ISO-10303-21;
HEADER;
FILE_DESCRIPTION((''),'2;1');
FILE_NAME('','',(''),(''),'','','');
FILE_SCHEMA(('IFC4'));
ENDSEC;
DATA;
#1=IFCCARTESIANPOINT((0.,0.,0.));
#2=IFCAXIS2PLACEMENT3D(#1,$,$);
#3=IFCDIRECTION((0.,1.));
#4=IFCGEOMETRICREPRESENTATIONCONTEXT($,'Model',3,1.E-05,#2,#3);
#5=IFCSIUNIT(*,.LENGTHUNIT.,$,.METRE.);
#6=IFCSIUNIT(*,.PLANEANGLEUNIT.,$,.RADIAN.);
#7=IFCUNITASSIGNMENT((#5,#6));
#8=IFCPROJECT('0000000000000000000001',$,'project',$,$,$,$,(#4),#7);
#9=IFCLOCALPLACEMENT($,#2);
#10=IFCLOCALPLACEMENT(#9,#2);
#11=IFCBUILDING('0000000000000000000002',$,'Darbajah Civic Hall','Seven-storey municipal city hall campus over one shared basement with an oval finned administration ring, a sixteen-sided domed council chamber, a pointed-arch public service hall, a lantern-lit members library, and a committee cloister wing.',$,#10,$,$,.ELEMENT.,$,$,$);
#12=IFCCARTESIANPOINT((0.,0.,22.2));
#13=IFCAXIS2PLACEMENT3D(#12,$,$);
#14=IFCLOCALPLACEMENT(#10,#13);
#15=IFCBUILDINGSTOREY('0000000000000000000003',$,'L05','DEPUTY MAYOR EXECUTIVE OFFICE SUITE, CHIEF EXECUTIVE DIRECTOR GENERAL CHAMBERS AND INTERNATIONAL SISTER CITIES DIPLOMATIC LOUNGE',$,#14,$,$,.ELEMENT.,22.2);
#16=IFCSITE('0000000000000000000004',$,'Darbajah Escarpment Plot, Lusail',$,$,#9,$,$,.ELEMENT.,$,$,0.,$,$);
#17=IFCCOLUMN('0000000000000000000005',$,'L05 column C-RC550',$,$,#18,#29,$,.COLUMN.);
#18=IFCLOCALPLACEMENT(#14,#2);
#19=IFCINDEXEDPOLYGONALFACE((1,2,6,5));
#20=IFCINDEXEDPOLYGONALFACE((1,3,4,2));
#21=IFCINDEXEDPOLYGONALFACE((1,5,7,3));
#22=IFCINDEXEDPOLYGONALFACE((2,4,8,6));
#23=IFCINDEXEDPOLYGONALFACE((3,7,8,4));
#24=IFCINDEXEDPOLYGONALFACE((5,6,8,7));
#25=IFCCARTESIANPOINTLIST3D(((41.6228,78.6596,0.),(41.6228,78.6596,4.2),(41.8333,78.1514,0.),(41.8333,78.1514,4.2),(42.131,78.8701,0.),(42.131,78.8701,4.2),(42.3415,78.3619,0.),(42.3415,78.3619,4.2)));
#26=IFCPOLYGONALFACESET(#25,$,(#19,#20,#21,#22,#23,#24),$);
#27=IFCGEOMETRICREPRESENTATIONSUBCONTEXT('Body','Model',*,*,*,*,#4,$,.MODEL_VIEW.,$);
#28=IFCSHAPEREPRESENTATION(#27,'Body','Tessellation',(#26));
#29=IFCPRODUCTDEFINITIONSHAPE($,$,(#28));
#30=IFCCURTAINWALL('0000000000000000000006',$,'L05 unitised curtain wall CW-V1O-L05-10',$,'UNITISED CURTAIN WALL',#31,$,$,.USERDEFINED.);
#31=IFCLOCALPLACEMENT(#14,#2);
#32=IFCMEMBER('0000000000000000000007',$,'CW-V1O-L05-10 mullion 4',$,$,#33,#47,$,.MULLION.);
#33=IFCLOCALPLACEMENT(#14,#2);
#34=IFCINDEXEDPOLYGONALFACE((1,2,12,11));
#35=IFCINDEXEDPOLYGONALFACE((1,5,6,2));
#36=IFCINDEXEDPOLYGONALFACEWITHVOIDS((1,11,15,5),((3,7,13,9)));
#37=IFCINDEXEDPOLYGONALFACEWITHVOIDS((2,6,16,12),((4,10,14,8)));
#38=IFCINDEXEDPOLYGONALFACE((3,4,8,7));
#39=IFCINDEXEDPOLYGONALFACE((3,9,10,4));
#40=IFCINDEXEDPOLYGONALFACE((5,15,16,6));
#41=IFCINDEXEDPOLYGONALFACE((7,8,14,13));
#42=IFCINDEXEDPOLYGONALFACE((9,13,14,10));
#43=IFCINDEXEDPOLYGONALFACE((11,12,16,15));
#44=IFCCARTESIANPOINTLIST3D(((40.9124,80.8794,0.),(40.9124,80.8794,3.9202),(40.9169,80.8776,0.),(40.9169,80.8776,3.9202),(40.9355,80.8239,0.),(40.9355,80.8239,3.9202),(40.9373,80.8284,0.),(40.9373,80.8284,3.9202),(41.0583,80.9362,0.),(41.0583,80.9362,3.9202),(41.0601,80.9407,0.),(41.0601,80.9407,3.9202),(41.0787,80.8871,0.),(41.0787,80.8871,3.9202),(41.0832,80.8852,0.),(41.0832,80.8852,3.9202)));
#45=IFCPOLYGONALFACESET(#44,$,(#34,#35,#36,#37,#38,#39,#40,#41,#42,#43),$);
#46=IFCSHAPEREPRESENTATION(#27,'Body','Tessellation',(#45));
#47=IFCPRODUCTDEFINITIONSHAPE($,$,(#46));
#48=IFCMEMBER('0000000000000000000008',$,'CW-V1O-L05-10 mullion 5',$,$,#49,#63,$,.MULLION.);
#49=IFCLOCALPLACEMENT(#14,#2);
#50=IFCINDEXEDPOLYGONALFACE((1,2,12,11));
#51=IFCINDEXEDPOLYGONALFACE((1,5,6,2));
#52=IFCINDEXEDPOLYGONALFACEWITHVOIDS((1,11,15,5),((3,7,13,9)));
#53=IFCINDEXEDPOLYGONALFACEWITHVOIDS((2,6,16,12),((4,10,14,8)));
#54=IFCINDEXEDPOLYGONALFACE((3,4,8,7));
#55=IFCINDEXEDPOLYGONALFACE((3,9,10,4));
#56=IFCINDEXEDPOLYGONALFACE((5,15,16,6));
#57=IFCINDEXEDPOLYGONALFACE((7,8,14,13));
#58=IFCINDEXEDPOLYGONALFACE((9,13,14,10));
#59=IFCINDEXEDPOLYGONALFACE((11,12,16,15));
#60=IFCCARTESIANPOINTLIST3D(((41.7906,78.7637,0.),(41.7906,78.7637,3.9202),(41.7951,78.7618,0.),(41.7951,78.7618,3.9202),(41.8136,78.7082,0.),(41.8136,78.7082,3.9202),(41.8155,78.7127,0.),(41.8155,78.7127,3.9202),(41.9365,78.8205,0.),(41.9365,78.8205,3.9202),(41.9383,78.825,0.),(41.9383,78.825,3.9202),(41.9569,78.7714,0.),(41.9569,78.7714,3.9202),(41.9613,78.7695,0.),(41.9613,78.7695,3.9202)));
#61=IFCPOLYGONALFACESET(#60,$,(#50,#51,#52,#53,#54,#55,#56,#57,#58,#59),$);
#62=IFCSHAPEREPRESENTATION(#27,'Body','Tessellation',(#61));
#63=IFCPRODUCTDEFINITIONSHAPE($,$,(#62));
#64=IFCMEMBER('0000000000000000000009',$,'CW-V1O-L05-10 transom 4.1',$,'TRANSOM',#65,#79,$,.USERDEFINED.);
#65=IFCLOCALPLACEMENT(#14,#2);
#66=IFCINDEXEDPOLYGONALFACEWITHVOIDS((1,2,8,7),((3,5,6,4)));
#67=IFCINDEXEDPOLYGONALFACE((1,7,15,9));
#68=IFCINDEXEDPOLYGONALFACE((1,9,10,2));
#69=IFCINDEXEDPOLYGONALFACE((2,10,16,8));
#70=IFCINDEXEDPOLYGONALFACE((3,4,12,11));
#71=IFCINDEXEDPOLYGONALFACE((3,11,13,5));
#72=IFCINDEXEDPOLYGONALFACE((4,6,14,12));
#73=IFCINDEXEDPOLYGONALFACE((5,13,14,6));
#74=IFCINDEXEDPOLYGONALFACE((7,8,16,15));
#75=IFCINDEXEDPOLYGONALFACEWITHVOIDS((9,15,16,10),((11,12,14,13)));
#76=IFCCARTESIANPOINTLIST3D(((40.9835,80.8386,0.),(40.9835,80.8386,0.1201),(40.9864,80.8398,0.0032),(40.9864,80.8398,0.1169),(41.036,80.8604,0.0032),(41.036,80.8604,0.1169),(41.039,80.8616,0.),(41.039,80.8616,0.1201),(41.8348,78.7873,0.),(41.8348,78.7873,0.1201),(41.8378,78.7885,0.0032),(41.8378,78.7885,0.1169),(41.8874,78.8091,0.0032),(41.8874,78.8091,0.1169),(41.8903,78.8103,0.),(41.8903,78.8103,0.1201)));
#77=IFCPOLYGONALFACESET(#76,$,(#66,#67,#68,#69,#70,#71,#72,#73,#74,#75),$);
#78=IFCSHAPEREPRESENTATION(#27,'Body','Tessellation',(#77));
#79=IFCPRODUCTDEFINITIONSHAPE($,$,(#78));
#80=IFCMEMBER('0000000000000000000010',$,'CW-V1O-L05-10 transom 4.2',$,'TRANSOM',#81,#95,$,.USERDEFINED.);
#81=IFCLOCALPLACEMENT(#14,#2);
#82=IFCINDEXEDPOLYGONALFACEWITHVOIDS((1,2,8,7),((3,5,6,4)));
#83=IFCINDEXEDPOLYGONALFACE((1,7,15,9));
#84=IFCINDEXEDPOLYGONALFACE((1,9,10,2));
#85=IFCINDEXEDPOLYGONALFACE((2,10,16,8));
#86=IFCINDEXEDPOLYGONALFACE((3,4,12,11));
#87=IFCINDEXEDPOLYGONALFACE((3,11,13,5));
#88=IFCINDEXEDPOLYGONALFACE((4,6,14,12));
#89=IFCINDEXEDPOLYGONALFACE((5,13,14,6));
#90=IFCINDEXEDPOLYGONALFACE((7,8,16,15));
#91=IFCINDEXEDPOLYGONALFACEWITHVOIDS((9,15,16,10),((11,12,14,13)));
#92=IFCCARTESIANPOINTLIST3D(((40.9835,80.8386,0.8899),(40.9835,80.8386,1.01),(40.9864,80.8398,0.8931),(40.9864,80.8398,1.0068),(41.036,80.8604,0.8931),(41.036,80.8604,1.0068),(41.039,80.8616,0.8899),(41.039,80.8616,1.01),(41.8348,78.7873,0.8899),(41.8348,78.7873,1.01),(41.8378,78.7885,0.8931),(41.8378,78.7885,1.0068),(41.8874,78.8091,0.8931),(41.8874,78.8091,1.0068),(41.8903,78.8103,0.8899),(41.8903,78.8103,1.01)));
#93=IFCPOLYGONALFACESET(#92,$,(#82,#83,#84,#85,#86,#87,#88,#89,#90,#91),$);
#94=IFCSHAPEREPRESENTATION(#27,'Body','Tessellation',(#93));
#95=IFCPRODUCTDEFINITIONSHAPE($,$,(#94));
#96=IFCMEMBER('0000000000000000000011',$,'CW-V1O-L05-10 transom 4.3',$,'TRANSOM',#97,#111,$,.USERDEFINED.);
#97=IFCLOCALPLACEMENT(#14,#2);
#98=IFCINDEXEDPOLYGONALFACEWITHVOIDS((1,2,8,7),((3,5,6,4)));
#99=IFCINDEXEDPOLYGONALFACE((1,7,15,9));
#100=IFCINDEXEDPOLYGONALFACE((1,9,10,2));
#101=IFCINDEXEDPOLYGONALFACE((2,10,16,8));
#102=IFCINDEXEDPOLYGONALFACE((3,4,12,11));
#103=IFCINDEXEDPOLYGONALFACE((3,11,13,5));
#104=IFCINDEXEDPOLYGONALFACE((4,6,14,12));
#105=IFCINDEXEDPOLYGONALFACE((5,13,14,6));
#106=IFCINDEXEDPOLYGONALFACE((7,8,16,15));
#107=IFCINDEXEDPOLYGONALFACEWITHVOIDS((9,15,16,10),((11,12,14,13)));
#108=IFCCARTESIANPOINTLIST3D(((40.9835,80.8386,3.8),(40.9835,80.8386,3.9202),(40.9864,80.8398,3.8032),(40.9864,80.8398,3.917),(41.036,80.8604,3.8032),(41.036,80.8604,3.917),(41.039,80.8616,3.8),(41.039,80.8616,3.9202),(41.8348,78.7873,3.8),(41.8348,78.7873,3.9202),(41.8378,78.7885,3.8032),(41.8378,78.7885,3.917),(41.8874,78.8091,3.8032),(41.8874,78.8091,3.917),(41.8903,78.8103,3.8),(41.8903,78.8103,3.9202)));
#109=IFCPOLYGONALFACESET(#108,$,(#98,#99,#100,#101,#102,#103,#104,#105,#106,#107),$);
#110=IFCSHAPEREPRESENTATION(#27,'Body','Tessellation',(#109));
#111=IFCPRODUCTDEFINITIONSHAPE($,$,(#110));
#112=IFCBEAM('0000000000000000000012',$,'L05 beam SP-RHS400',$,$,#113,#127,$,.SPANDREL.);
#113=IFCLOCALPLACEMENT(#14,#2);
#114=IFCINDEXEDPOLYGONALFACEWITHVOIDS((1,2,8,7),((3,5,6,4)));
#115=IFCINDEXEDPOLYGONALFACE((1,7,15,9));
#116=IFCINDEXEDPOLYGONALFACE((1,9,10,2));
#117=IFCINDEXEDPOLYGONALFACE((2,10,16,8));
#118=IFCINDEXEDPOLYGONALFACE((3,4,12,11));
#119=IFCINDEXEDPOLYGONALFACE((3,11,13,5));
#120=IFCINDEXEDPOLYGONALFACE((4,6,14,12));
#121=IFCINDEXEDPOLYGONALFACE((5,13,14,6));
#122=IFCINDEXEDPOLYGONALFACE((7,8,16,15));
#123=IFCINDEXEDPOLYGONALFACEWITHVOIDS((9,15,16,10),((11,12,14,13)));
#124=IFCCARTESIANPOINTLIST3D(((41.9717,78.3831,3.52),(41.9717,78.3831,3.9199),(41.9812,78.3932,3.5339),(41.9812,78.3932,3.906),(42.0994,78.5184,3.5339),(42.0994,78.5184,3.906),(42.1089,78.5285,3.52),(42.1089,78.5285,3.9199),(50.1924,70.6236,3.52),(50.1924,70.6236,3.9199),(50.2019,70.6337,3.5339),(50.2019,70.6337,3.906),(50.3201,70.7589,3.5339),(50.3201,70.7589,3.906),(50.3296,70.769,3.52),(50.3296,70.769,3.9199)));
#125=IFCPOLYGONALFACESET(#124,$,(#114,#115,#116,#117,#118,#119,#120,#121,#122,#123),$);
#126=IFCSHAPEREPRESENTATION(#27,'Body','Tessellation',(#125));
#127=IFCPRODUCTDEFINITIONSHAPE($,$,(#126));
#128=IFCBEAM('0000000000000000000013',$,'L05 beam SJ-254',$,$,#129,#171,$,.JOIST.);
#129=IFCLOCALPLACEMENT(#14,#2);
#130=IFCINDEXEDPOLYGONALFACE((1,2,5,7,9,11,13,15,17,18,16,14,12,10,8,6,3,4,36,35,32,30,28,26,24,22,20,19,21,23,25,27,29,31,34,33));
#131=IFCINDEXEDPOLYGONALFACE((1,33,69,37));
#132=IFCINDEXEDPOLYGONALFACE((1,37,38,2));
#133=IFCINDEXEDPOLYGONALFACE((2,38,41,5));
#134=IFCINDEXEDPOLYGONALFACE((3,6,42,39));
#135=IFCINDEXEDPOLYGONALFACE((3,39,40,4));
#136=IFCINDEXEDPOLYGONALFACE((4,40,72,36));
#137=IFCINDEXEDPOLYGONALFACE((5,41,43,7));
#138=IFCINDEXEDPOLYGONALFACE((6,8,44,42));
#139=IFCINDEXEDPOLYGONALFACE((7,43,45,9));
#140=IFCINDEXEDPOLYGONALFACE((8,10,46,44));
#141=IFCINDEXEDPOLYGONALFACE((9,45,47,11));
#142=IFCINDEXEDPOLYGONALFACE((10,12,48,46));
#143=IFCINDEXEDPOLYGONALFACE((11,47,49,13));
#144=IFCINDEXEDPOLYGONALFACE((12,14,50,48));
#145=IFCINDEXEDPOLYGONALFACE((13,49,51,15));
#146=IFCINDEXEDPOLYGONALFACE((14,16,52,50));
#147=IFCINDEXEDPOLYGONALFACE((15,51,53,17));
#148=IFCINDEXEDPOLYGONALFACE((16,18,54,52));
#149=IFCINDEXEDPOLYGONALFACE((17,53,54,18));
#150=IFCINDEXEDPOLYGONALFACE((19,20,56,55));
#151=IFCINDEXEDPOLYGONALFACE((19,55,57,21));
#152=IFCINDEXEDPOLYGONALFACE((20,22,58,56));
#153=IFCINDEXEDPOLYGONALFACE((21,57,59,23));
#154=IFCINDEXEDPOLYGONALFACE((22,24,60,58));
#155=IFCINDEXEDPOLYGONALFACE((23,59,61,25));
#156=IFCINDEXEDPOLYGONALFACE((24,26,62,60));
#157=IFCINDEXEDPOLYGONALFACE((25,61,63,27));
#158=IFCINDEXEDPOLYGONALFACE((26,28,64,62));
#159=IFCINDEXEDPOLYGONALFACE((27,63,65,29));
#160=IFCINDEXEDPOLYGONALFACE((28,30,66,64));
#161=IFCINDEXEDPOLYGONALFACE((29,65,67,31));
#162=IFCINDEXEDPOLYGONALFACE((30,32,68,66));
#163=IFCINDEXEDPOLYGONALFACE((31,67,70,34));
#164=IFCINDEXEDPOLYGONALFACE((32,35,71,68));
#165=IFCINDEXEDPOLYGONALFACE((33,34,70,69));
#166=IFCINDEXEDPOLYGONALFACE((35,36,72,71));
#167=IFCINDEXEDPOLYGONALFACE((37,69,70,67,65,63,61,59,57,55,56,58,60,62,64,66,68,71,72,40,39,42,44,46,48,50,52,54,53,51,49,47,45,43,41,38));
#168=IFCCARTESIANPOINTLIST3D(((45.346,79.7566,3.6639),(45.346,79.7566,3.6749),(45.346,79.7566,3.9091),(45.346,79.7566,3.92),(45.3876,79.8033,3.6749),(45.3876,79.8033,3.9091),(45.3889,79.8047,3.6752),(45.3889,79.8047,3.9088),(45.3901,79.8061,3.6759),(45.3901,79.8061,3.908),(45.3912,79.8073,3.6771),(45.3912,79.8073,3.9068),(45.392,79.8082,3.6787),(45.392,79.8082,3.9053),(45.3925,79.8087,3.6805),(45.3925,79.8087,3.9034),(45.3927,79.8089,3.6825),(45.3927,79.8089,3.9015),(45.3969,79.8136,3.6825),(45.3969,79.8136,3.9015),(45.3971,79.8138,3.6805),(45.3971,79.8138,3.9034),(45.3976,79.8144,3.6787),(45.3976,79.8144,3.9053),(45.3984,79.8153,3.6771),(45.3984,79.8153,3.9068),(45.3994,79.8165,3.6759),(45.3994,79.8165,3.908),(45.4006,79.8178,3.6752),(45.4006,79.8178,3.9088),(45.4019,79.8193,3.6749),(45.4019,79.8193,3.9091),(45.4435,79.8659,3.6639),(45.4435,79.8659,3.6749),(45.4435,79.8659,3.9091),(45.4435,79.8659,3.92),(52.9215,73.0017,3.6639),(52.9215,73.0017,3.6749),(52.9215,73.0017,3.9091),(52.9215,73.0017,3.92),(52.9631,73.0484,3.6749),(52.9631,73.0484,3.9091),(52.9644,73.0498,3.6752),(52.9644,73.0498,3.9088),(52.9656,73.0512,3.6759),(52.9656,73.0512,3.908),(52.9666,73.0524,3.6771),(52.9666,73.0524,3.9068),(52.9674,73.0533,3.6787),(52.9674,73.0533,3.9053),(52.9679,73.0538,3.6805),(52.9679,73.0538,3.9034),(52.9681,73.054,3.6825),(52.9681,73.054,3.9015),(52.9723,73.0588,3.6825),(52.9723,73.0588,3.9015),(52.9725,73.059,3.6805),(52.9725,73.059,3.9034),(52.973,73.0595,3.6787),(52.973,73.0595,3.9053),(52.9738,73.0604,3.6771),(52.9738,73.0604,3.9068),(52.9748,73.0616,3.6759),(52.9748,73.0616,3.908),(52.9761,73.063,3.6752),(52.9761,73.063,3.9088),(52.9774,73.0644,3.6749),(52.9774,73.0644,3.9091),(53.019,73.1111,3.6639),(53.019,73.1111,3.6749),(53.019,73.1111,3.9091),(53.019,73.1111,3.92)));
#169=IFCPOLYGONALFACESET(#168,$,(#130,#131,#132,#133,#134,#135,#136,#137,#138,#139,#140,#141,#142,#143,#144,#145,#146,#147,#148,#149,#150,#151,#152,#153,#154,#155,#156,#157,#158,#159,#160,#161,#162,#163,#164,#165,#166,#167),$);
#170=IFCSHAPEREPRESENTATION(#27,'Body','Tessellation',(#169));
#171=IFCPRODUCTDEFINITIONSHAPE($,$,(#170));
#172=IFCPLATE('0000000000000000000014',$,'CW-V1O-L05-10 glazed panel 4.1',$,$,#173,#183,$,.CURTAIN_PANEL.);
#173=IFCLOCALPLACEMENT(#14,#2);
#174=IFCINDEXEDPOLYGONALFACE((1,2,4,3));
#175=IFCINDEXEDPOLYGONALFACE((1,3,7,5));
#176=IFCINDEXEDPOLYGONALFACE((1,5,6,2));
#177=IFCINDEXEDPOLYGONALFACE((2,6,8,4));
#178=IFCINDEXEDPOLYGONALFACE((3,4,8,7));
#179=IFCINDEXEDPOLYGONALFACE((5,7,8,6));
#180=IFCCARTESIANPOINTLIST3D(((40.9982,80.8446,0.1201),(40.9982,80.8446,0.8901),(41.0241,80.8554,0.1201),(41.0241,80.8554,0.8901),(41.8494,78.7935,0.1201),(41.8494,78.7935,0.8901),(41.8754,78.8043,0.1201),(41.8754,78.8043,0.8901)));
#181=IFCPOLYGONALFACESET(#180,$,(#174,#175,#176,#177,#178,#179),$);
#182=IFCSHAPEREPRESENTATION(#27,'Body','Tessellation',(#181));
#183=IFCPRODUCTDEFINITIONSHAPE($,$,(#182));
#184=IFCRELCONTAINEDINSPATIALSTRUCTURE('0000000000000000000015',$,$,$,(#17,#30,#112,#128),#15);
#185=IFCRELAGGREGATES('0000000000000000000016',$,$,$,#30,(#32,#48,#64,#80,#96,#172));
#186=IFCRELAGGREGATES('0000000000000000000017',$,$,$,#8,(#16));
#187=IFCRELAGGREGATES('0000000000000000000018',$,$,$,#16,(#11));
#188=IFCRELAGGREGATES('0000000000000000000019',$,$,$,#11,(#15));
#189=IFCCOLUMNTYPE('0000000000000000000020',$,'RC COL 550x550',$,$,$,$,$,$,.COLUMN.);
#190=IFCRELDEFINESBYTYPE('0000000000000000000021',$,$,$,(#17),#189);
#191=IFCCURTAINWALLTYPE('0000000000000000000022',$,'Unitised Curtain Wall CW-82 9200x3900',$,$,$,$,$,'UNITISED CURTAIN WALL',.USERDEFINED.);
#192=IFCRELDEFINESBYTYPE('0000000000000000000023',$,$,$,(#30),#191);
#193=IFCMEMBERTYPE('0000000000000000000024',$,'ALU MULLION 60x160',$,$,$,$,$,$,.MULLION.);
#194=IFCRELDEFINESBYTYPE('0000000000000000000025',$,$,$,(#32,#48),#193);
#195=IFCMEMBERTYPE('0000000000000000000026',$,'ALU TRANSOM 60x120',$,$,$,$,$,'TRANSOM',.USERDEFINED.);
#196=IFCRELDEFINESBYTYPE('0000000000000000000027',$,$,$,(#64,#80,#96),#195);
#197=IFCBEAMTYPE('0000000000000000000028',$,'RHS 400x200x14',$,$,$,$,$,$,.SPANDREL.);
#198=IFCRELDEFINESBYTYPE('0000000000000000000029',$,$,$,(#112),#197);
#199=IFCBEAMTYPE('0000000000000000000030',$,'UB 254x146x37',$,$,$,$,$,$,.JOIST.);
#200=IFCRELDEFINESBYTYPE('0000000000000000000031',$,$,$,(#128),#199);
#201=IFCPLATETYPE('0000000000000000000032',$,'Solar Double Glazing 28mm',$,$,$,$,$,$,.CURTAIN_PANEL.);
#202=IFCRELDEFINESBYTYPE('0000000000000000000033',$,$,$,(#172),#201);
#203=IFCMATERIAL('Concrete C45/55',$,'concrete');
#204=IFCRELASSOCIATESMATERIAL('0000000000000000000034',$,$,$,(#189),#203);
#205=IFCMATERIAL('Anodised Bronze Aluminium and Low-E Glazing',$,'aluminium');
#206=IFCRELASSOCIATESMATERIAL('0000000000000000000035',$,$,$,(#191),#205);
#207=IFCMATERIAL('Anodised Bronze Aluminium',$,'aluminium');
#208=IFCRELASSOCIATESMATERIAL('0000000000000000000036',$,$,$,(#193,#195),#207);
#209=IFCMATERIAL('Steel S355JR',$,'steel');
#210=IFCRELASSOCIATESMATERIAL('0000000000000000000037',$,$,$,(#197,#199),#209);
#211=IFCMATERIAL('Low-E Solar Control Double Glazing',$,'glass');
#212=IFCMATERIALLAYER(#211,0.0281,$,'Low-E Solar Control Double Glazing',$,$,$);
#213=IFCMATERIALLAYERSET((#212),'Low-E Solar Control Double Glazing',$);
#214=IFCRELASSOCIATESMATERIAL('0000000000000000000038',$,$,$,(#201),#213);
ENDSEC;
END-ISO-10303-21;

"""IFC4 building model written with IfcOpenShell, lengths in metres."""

from ifc_helpers import new_model, si_unit, direction, frame, origin, origin_2d, place, context, subcontext, project, spatial, rectangle, hollow_rectangle, i_section, extrude, material, layer, layer_set, material_profile, profile_set, type_object, element, aggregate, save


model = new_model("IFC4")

# Units and contexts
model_context = context("Model", 3, precision=1e-05, world=origin(), true_north=direction((0.0, 1.0)))
body_context = subcontext(model_context, "Body", "Model", "MODEL_VIEW")
ifc_project = project(units=[si_unit("LENGTHUNIT", "METRE"), si_unit("PLANEANGLEUNIT", "RADIAN")], contexts=[model_context])

# Site, building, storey
site_placement = place(None, origin())
site = spatial("IfcSite", under=ifc_project, at=site_placement, Name="Darbajah Escarpment Plot, Lusail", CompositionType="ELEMENT", RefElevation=0.0)
building_placement = place(site_placement, origin())
building = spatial("IfcBuilding", under=site, at=building_placement, Name="Darbajah Civic Hall", Description="Seven-storey municipal city hall campus over one shared basement with an oval finned administration ring, a sixteen-sided domed council chamber, a pointed-arch public service hall, a lantern-lit members library, and a committee cloister wing.", CompositionType="ELEMENT")
storey_placement = place(building_placement, frame((0.0, 0.0, 22.2)))
storey = spatial("IfcBuildingStorey", under=building, at=storey_placement, Name="L05", Description="DEPUTY MAYOR EXECUTIVE OFFICE SUITE, CHIEF EXECUTIVE DIRECTOR GENERAL CHAMBERS AND INTERNATIONAL SISTER CITIES DIPLOMATIC LOUNGE", CompositionType="ELEMENT", Elevation=22.2)

# Column
ifc_material_1 = material(Name="Concrete C45/55", Category="concrete")
ifc_material_profile_1 = material_profile(ifc_material_1, rectangle(XDim=0.55, YDim=0.55, at=origin_2d()), Name="RC COL 550x550")
ifc_profile_set_1 = profile_set([ifc_material_profile_1], Name="Concrete C45/55")
column_type = type_object("IfcColumnType", Name="RC COL 550x550", PredefinedType="COLUMN", material=ifc_profile_set_1)
column_placement = place(storey_placement, frame((41.9822, 78.5107, 0.0), z_axis=(0.0, 0.0, 1.0), x_axis=(-0.92388, -0.382683, 0.0)))
element("IfcColumn", 1, at=column_placement, inside=storey, type_object=column_type, Name="L05 column C-RC550", PredefinedType="COLUMN", context=body_context, shape_type="SweptSolid", body=[
    extrude(rectangle(XDim=0.55, YDim=0.55, at=origin_2d()), origin(), (0.0, 0.0, 1.0), 4.2),
])

# Curtain wall, members
ifc_material_2 = material(Name="Anodised Bronze Aluminium and Low-E Glazing", Category="aluminium")
curtain_wall_type = type_object("IfcCurtainWallType", Name="Unitised Curtain Wall CW-82 9200x3900", ElementType="UNITISED CURTAIN WALL", PredefinedType="USERDEFINED", material=ifc_material_2)
curtain_wall_placement = place(storey_placement, origin())
curtain_wall = element("IfcCurtainWall", 2, at=curtain_wall_placement, inside=storey, type_object=curtain_wall_type, Name="L05 unitised curtain wall CW-V1O-L05-10", ObjectType="UNITISED CURTAIN WALL", PredefinedType="USERDEFINED")
ifc_material_3 = material(Name="Anodised Bronze Aluminium", Category="aluminium")
ifc_material_profile_2 = material_profile(ifc_material_3, hollow_rectangle(XDim=0.0601, YDim=0.1599, WallThickness=0.0034, at=origin_2d()), Name="ALU MULLION 60x160")
ifc_profile_set_2 = profile_set([ifc_material_profile_2], Name="Anodised Bronze Aluminium")
member_type_1 = type_object("IfcMemberType", Name="ALU MULLION 60x160", PredefinedType="MULLION", material=ifc_profile_set_2)
member_1_placement = place(storey_placement, frame((40.9978, 80.8823, 0.0), z_axis=(0.0, 0.0, 1.0), x_axis=(0.383328, -0.923612, 0.0)))
member_1 = element("IfcMember", 3, at=member_1_placement, type_object=member_type_1, Name="CW-V1O-L05-10 mullion 4", PredefinedType="MULLION", context=body_context, shape_type="SweptSolid", body=[
    extrude(hollow_rectangle(XDim=0.0601, YDim=0.1599, WallThickness=0.0034, at=origin_2d()), origin(), (0.0, 0.0, 1.0), 3.9202),
])
member_2_placement = place(storey_placement, frame((41.876, 78.7666, 0.0), z_axis=(0.0, 0.0, 1.0), x_axis=(0.383328, -0.923612, 0.0)))
member_2 = element("IfcMember", 4, at=member_2_placement, type_object=member_type_1, Name="CW-V1O-L05-10 mullion 5", PredefinedType="MULLION", context=body_context, shape_type="SweptSolid", body=[
    extrude(hollow_rectangle(XDim=0.0601, YDim=0.1599, WallThickness=0.0034, at=origin_2d()), origin(), (0.0, 0.0, 1.0), 3.9202),
])
ifc_material_profile_3 = material_profile(ifc_material_3, hollow_rectangle(XDim=0.0601, YDim=0.1201, WallThickness=0.0032, at=origin_2d()), Name="ALU TRANSOM 60x120")
ifc_profile_set_3 = profile_set([ifc_material_profile_3], Name="Anodised Bronze Aluminium")
member_type_2 = type_object("IfcMemberType", Name="ALU TRANSOM 60x120", ElementType="TRANSOM", PredefinedType="USERDEFINED", material=ifc_profile_set_3)
member_3_placement = place(storey_placement, frame((41.0112, 80.8501, 0.0601), z_axis=(0.383319, -0.923616, 0.0), x_axis=(0.923616, 0.383319, 0.0)))
member_3 = element("IfcMember", 5, at=member_3_placement, type_object=member_type_2, Name="CW-V1O-L05-10 transom 4.1", ObjectType="TRANSOM", PredefinedType="USERDEFINED", context=body_context, shape_type="SweptSolid", body=[
    extrude(hollow_rectangle(XDim=0.0601, YDim=0.1201, WallThickness=0.0032, at=origin_2d()), origin(), (0.0, 0.0, 1.0), 2.2209),
])
member_4_placement = place(storey_placement, frame((41.0112, 80.8501, 0.95), z_axis=(0.383319, -0.923616, 0.0), x_axis=(0.923616, 0.383319, 0.0)))
member_4 = element("IfcMember", 6, at=member_4_placement, type_object=member_type_2, Name="CW-V1O-L05-10 transom 4.2", ObjectType="TRANSOM", PredefinedType="USERDEFINED", context=body_context, shape_type="SweptSolid", body=[
    extrude(hollow_rectangle(XDim=0.0601, YDim=0.1201, WallThickness=0.0032, at=origin_2d()), origin(), (0.0, 0.0, 1.0), 2.2209),
])
member_5_placement = place(storey_placement, frame((41.0112, 80.8501, 3.8601), z_axis=(0.383319, -0.923616, 0.0), x_axis=(0.923616, 0.383319, 0.0)))
member_5 = element("IfcMember", 7, at=member_5_placement, type_object=member_type_2, Name="CW-V1O-L05-10 transom 4.3", ObjectType="TRANSOM", PredefinedType="USERDEFINED", context=body_context, shape_type="SweptSolid", body=[
    extrude(hollow_rectangle(XDim=0.0601, YDim=0.1201, WallThickness=0.0032, at=origin_2d()), origin(), (0.0, 0.0, 1.0), 2.2209),
])

# Beams
ifc_material_4 = material(Name="Steel S355JR", Category="steel")
ifc_material_profile_4 = material_profile(ifc_material_4, hollow_rectangle(XDim=0.2, YDim=0.3999, WallThickness=0.0139, at=origin_2d()), Name="RHS 400x200x14")
ifc_profile_set_4 = profile_set([ifc_material_profile_4], Name="Steel S355JR")
beam_type_1 = type_object("IfcBeamType", Name="RHS 400x200x14", PredefinedType="SPANDREL", material=ifc_profile_set_4)
beam_1_placement = place(storey_placement, frame((42.0403, 78.4558, 3.72), z_axis=(0.727211, -0.686414, 0.0), x_axis=(0.686414, 0.727211, 0.0)))
element("IfcBeam", 8, at=beam_1_placement, inside=storey, type_object=beam_type_1, Name="L05 beam SP-RHS400", PredefinedType="SPANDREL", context=body_context, shape_type="SweptSolid", body=[
    extrude(hollow_rectangle(XDim=0.2, YDim=0.3999, WallThickness=0.0139, at=origin_2d()), origin(), (0.0, 0.0, 1.0), 11.3044),
])
ifc_material_profile_5 = material_profile(ifc_material_4, i_section(OverallWidth=0.1465, OverallDepth=0.2561, WebThickness=0.0063, FlangeThickness=0.011, FilletRadius=0.0076, at=origin_2d()), Name="UB 254x146x37")
ifc_profile_set_5 = profile_set([ifc_material_profile_5], Name="Steel S355JR")
beam_type_2 = type_object("IfcBeamType", Name="UB 254x146x37", PredefinedType="JOIST", material=ifc_profile_set_5)
beam_2_placement = place(storey_placement, frame((45.3948, 79.8113, 3.792), z_axis=(0.746373, -0.665528, 0.0), x_axis=(0.665528, 0.746373, 0.0)))
element("IfcBeam", 9, at=beam_2_placement, inside=storey, type_object=beam_type_2, Name="L05 beam SJ-254", PredefinedType="JOIST", context=body_context, shape_type="SweptSolid", body=[
    extrude(i_section(OverallWidth=0.1465, OverallDepth=0.2561, WebThickness=0.0063, FlangeThickness=0.011, FilletRadius=0.0076, at=origin_2d()), origin(), (0.0, 0.0, 1.0), 10.1497),
])

# Plate
ifc_material_5 = material(Name="Low-E Solar Control Double Glazing", Category="glass")
ifc_layer_1 = layer(ifc_material_5, 0.0281, Name="Low-E Solar Control Double Glazing")
ifc_layer_set_1 = layer_set([ifc_layer_1], Name="Low-E Solar Control Double Glazing")
plate_type = type_object("IfcPlateType", Name="Solar Double Glazing 28mm", PredefinedType="CURTAIN_PANEL", material=ifc_layer_set_1)
plate_1_placement = place(storey_placement, frame((41.4368, 79.8245, 0.1201), z_axis=(0.0, 0.0, 1.0), x_axis=(0.383328, -0.923612, 0.0)))
plate_1 = element("IfcPlate", 10, at=plate_1_placement, type_object=plate_type, Name="CW-V1O-L05-10 glazed panel 4.1", PredefinedType="CURTAIN_PANEL", context=body_context, shape_type="SweptSolid", body=[
    extrude(rectangle(XDim=2.2207, YDim=0.0281, at=origin_2d()), origin(), (0.0, 0.0, 1.0), 0.77),
])
aggregate(curtain_wall, [member_1, member_2, member_3, member_4, member_5, plate_1])

save(model, "model.ifc")
